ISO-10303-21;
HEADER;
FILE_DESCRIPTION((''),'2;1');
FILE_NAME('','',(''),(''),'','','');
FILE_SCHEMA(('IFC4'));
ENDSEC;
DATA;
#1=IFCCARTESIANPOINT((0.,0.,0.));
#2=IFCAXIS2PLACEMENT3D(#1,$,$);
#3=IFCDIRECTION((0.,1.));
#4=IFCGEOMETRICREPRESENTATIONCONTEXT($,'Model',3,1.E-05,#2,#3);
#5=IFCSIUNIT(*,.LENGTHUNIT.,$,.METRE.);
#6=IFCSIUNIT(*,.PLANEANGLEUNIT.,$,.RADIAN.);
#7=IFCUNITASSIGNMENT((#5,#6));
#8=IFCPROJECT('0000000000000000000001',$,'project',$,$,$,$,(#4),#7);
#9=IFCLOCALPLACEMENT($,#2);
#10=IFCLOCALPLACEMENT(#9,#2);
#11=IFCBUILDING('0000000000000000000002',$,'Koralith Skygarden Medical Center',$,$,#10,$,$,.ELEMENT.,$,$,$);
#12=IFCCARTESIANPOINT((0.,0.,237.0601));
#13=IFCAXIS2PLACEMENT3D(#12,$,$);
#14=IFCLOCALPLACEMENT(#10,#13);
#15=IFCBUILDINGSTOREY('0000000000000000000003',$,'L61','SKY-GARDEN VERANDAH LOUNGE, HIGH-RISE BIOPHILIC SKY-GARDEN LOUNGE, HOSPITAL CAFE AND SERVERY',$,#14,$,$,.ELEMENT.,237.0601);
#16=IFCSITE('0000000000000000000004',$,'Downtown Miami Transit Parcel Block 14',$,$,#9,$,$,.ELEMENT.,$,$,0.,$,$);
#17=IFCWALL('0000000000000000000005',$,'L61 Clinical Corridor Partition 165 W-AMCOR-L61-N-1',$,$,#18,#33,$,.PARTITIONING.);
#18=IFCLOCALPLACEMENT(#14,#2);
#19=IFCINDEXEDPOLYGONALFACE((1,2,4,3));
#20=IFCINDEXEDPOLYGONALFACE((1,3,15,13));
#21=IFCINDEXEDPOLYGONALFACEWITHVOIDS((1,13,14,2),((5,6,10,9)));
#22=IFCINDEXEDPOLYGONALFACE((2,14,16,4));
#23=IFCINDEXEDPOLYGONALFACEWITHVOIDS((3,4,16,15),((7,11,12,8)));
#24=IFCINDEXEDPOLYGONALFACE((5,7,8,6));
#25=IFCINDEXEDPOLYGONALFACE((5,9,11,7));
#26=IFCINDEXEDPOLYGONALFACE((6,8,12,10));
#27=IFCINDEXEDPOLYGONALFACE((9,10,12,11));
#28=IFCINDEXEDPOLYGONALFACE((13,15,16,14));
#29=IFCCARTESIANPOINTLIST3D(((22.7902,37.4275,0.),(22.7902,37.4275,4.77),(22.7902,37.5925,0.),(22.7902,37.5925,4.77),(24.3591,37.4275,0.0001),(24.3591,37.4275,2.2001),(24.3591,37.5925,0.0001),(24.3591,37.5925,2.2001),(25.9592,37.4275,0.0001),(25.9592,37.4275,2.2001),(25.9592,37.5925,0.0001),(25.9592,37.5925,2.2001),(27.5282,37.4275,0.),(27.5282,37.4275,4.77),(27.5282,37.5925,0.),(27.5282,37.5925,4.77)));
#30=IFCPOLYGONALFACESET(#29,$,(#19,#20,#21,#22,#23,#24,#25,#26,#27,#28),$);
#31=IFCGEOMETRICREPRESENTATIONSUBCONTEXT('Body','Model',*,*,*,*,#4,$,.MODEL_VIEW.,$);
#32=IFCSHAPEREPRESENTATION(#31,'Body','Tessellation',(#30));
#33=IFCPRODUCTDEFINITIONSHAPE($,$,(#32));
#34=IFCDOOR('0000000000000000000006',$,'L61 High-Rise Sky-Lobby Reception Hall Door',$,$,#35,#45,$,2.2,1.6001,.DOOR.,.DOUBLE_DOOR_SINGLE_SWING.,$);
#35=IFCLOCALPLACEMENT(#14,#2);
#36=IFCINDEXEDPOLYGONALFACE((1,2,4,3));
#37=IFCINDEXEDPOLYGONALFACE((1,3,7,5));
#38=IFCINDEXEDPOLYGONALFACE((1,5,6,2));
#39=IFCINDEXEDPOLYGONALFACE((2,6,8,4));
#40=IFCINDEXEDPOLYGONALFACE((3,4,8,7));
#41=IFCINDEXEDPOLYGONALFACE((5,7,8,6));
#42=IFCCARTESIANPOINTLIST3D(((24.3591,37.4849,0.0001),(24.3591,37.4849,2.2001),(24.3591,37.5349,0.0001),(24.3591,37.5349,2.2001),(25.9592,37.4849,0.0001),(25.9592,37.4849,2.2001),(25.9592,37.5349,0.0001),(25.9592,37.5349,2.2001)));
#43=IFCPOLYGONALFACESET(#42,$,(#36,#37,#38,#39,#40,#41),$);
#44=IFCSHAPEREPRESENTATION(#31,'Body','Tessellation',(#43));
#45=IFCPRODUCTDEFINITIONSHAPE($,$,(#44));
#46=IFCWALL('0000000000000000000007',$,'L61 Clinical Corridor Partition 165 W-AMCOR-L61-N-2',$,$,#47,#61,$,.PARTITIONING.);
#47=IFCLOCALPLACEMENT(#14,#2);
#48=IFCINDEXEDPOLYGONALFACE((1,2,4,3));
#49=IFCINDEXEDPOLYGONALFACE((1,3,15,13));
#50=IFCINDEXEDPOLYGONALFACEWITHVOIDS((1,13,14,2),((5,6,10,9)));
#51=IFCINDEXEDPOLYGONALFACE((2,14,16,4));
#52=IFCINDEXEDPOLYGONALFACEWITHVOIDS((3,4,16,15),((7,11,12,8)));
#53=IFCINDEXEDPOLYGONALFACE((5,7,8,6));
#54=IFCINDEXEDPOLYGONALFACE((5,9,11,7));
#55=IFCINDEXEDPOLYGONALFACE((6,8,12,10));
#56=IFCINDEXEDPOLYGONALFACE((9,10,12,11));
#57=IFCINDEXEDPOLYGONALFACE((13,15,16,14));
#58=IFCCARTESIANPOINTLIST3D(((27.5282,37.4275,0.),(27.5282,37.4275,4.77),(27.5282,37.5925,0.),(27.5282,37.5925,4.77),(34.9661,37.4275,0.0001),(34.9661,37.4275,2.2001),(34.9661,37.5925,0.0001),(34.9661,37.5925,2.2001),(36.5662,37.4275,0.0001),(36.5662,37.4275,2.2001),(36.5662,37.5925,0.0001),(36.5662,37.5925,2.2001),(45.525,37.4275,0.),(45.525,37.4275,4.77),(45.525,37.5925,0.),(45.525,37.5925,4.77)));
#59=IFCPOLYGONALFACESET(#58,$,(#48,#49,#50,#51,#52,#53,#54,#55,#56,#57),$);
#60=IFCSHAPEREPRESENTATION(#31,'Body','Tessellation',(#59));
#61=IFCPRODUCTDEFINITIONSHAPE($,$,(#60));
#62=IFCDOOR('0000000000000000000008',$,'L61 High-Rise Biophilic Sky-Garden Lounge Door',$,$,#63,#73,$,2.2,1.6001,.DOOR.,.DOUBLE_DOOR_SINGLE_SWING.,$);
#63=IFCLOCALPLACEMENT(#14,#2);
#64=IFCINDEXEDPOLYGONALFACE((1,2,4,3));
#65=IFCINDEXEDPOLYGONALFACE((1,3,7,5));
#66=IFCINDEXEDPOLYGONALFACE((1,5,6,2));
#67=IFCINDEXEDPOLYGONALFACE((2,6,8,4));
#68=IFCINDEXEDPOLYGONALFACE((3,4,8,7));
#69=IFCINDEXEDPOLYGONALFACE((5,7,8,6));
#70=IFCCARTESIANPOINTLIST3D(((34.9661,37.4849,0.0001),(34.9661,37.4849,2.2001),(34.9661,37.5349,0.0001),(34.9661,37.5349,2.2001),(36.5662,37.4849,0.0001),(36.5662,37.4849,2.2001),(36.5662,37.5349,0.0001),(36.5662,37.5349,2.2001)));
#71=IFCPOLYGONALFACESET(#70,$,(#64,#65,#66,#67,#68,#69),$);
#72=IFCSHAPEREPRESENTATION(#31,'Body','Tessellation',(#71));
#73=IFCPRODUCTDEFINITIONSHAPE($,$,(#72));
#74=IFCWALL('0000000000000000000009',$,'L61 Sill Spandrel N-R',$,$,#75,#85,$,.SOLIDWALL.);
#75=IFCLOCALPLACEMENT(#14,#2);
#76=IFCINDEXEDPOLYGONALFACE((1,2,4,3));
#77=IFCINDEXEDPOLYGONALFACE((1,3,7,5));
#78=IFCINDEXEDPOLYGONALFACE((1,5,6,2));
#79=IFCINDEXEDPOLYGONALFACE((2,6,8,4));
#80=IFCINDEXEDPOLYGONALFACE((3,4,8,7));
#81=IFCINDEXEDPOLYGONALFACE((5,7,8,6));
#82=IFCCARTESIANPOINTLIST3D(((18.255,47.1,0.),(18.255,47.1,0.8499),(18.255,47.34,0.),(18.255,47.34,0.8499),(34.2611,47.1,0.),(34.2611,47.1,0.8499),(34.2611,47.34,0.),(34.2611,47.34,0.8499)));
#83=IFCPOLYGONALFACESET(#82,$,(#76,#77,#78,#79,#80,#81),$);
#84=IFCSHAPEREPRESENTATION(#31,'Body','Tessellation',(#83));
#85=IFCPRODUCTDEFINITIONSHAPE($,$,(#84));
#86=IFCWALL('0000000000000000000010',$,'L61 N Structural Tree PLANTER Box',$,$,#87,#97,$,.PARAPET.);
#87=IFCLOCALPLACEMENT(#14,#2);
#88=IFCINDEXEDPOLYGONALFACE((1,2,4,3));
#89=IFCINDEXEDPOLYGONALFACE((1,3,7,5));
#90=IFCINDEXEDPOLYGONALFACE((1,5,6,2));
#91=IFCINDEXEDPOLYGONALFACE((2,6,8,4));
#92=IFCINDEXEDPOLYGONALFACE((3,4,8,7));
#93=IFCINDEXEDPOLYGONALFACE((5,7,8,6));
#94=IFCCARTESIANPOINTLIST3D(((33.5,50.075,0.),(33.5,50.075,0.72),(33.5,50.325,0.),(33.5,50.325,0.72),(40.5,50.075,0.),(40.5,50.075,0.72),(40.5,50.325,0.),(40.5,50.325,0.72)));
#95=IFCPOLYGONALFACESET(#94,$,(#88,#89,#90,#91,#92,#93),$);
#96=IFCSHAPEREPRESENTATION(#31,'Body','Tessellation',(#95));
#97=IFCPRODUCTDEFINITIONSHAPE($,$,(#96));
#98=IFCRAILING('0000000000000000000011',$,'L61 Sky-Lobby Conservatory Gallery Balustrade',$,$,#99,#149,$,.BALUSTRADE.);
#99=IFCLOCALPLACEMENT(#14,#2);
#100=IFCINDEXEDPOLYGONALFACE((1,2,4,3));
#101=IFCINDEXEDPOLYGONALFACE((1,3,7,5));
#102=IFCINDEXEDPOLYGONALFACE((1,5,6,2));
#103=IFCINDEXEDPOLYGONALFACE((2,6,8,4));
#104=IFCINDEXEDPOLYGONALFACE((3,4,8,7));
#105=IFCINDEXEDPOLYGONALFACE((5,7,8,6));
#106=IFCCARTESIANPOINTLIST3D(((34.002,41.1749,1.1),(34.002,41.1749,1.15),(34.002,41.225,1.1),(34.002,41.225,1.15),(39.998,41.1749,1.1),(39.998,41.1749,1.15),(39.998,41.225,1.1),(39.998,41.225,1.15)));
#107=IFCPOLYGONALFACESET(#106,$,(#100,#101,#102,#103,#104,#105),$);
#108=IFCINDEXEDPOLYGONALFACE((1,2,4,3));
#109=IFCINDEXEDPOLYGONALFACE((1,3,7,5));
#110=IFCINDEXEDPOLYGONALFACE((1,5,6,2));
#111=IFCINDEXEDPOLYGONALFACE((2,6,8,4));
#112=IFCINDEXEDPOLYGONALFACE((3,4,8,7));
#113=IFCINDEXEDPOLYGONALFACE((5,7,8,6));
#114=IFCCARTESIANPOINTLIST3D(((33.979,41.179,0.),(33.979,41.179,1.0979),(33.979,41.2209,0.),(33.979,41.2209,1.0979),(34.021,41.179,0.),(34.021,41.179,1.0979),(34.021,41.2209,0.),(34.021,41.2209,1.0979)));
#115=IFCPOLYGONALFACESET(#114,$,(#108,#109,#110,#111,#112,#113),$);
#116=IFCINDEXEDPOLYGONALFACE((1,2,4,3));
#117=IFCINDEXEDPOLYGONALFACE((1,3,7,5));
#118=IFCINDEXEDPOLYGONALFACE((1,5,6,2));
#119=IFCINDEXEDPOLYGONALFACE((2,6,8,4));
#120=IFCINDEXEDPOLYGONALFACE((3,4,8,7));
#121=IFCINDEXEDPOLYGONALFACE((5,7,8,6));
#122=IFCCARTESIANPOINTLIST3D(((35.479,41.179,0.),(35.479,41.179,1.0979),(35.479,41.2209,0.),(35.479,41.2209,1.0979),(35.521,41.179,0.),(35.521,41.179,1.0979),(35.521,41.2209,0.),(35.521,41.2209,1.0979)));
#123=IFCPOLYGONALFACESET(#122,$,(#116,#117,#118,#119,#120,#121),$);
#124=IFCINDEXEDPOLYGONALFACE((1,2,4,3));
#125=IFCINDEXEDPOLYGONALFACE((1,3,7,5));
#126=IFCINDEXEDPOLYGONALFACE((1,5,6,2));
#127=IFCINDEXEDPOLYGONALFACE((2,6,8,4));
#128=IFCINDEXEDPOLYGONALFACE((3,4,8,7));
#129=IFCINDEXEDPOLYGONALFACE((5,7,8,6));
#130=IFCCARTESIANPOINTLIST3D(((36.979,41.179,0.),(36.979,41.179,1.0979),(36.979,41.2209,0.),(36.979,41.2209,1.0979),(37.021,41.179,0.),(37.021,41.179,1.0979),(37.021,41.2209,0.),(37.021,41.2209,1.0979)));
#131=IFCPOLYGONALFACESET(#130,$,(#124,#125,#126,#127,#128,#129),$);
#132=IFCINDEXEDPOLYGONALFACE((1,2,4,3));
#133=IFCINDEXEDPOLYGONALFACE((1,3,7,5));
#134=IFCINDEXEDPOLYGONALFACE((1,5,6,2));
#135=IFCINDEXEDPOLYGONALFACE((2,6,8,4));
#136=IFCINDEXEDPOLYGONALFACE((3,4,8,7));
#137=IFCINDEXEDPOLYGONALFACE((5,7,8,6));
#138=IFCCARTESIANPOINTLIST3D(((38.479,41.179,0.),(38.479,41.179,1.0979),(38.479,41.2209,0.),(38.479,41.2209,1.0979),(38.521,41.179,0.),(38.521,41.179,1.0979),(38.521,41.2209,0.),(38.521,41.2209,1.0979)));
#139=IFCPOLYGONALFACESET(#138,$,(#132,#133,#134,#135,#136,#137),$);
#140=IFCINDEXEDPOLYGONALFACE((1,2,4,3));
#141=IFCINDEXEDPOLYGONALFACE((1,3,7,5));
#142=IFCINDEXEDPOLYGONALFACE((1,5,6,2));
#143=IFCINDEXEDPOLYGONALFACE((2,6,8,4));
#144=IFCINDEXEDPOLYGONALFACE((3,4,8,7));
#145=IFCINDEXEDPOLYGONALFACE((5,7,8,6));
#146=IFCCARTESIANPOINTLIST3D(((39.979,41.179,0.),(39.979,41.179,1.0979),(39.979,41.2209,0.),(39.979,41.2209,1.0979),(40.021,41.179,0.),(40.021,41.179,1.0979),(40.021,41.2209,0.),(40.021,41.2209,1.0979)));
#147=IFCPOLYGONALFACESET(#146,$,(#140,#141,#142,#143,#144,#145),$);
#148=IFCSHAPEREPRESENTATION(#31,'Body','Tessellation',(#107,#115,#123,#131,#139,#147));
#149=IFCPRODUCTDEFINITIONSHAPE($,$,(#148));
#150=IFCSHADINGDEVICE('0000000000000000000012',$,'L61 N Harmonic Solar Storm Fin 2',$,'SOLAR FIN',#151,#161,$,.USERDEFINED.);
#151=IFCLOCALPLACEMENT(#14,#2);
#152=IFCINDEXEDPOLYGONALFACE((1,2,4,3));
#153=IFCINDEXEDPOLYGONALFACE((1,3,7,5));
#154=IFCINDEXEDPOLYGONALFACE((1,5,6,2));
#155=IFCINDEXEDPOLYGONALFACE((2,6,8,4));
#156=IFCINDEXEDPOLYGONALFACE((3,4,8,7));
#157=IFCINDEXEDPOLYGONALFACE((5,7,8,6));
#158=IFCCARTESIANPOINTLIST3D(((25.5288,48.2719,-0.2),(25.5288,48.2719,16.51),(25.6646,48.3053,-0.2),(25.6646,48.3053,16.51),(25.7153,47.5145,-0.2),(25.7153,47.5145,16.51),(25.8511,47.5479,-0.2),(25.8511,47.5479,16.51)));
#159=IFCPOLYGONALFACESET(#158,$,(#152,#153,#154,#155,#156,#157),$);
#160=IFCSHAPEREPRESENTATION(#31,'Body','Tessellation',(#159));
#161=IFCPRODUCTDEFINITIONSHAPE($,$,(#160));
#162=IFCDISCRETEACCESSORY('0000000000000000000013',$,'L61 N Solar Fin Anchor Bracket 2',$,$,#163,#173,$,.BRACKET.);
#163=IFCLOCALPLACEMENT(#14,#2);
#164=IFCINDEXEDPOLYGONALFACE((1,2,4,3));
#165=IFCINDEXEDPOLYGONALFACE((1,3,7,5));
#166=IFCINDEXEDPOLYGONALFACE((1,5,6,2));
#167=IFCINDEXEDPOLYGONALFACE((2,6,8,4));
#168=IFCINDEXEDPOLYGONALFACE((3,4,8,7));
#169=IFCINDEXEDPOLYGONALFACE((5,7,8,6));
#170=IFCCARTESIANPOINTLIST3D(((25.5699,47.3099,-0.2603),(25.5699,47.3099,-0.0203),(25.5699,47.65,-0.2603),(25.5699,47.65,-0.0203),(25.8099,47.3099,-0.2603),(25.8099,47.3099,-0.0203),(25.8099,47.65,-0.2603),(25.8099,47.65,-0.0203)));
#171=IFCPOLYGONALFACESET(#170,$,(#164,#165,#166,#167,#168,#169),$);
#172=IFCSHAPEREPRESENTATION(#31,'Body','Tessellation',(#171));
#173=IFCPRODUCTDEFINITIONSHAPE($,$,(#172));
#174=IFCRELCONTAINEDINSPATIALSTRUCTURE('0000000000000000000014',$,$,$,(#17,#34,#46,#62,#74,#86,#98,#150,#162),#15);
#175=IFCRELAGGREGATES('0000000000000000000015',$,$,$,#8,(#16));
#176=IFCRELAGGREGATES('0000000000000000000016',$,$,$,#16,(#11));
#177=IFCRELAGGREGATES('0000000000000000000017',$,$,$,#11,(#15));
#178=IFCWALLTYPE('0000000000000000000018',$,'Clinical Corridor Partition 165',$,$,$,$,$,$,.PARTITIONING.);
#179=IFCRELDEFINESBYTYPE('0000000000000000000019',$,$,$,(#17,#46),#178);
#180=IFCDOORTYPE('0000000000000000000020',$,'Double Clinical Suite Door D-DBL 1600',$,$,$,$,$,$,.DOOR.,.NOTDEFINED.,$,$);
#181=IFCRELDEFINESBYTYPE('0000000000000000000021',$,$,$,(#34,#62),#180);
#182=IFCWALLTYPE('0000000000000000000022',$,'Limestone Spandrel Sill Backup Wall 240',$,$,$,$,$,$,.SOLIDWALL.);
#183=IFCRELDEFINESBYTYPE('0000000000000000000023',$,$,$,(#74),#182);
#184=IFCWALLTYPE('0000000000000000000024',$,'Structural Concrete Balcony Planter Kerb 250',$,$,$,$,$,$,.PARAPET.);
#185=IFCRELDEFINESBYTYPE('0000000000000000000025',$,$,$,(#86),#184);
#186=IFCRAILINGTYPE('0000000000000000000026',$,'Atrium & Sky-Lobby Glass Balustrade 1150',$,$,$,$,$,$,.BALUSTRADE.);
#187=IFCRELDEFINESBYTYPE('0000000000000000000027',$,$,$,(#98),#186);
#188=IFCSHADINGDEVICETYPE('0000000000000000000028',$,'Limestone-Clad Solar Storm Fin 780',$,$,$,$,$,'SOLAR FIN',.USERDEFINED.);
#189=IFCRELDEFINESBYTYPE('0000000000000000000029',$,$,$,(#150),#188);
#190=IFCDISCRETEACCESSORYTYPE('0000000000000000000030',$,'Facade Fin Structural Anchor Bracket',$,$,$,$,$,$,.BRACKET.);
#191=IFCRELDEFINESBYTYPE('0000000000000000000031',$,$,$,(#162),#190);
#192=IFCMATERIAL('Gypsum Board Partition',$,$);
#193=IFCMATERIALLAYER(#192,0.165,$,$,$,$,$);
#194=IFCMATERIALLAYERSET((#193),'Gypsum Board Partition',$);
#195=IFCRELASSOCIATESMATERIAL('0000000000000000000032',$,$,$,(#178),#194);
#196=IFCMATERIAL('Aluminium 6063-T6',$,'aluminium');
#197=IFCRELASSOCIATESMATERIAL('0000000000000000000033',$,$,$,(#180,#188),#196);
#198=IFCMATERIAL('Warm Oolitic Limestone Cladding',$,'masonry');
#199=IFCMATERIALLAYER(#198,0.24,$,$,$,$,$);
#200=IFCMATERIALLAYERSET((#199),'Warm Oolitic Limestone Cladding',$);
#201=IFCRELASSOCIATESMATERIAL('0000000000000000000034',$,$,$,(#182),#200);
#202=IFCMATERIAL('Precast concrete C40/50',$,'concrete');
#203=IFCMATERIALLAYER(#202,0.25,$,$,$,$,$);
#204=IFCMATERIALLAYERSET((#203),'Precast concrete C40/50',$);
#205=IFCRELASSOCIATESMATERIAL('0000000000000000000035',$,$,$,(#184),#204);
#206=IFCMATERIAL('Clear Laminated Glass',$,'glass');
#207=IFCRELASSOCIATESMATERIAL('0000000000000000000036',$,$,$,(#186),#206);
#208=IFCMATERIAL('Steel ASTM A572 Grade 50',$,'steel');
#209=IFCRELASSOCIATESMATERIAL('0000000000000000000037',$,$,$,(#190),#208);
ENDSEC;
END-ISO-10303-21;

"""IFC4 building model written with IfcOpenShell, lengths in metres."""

from ifc_helpers import new_model, si_unit, direction, frame, frame_2d, origin, origin_2d, place, context, subcontext, project, spatial, rectangle, extrude, material, layer, layer_set, type_object, element, fill, save


model = new_model("IFC4")

# Units and contexts
model_context = context("Model", 3, precision=1e-05, world=origin(), true_north=direction((0.0, 1.0)))
body_context = subcontext(model_context, "Body", "Model", "MODEL_VIEW")
ifc_project = project(units=[si_unit("LENGTHUNIT", "METRE"), si_unit("PLANEANGLEUNIT", "RADIAN")], contexts=[model_context])

# Site, building, storey
site_placement = place(None, origin())
site = spatial("IfcSite", under=ifc_project, at=site_placement, Name="Downtown Miami Transit Parcel Block 14", CompositionType="ELEMENT", RefElevation=0.0)
building_placement = place(site_placement, origin())
building = spatial("IfcBuilding", under=site, at=building_placement, Name="Koralith Skygarden Medical Center", CompositionType="ELEMENT")
storey_placement = place(building_placement, frame((0.0, 0.0, 237.0601)))
storey = spatial("IfcBuildingStorey", under=building, at=storey_placement, Name="L61", Description="SKY-GARDEN VERANDAH LOUNGE, HIGH-RISE BIOPHILIC SKY-GARDEN LOUNGE, HOSPITAL CAFE AND SERVERY", CompositionType="ELEMENT", Elevation=237.0601)

# Shared definitions
ifc_material_1 = material(Name="Clear Laminated Glass", Category="glass")
ifc_material_2 = material(Name="Aluminium 6063-T6", Category="aluminium")

# Shared definitions
ifc_material_3 = material(Name="Warm Oolitic Limestone Cladding", Category="masonry")

# Shared definitions
ifc_material_4 = material(Name="Gypsum Board Partition")

# Walls, openings, doors
ifc_layer_1 = layer(ifc_material_4, 0.165)
ifc_layer_set_1 = layer_set([ifc_layer_1], Name="Gypsum Board Partition")
wall_type_1 = type_object("IfcWallType", Name="Clinical Corridor Partition 165", PredefinedType="PARTITIONING", material=ifc_layer_set_1)
wall_1_placement = place(storey_placement, frame((22.79, 37.51, 0.0), z_axis=(0.0, 0.0, 1.0), x_axis=(1.0, 0.0, 0.0)))
wall_1 = element("IfcWall", 1, at=wall_1_placement, inside=storey, type_object=wall_type_1, Name="L61 Clinical Corridor Partition 165 W-AMCOR-L61-N-1", PredefinedType="PARTITIONING", context=body_context, shape_type="SweptSolid", body=[
    extrude(rectangle(XDim=4.738, YDim=0.165, at=frame_2d((2.3691, 0.0))), origin(), (0.0, 0.0, 1.0), 4.77),
])
opening_1_placement = place(wall_1_placement, frame((1.5691, 0.0, 0.0)))
opening_1 = element("IfcOpeningElement", 2, at=opening_1_placement, cuts=wall_1, PredefinedType="OPENING", context=body_context, shape_type="SweptSolid", body=[
    extrude(rectangle(XDim=1.6001, YDim=2.2, at=frame_2d((0.8, 1.1001))), frame((0.0, 0.0925, 0.0), z_axis=(0.0, -1.0, 0.0), x_axis=(1.0, 0.0, 0.0)), (0.0, 0.0, 1.0), 0.1851),
])
door_type = type_object("IfcDoorType", Name="Double Clinical Suite Door D-DBL 1600", OperationType="NOTDEFINED", PredefinedType="DOOR", material=ifc_material_2)
door_1_placement = place(opening_1_placement, origin())
door_1 = element("IfcDoor", 3, at=door_1_placement, inside=storey, type_object=door_type, Name="L61 High-Rise Sky-Lobby Reception Hall Door", OperationType="DOUBLE_DOOR_SINGLE_SWING", OverallHeight=2.2, OverallWidth=1.6001, PredefinedType="DOOR", context=body_context, shape_type="SweptSolid", body=[
    extrude(rectangle(XDim=1.6001, YDim=2.2, at=frame_2d((0.8, 1.1001))), frame((0.0, 0.0249, 0.0), z_axis=(0.0, -1.0, 0.0), x_axis=(1.0, 0.0, 0.0)), (0.0, 0.0, 1.0), 0.05),
])
fill(opening_1, door_1)
wall_2_placement = place(storey_placement, frame((27.5281, 37.51, 0.0), z_axis=(0.0, 0.0, 1.0), x_axis=(1.0, 0.0, 0.0)))
wall_2 = element("IfcWall", 4, at=wall_2_placement, inside=storey, type_object=wall_type_1, Name="L61 Clinical Corridor Partition 165 W-AMCOR-L61-N-2", PredefinedType="PARTITIONING", context=body_context, shape_type="SweptSolid", body=[
    extrude(rectangle(XDim=17.9968, YDim=0.165, at=frame_2d((8.9985, 0.0))), origin(), (0.0, 0.0, 1.0), 4.77),
])
opening_2_placement = place(wall_2_placement, frame((7.438, 0.0, 0.0)))
opening_2 = element("IfcOpeningElement", 5, at=opening_2_placement, cuts=wall_2, PredefinedType="OPENING", context=body_context, shape_type="SweptSolid", body=[
    extrude(rectangle(XDim=1.6001, YDim=2.2, at=frame_2d((0.8, 1.1001))), frame((0.0, 0.0925, 0.0), z_axis=(0.0, -1.0, 0.0), x_axis=(1.0, 0.0, 0.0)), (0.0, 0.0, 1.0), 0.1851),
])
door_2_placement = place(opening_2_placement, origin())
door_2 = element("IfcDoor", 6, at=door_2_placement, inside=storey, type_object=door_type, Name="L61 High-Rise Biophilic Sky-Garden Lounge Door", OperationType="DOUBLE_DOOR_SINGLE_SWING", OverallHeight=2.2, OverallWidth=1.6001, PredefinedType="DOOR", context=body_context, shape_type="SweptSolid", body=[
    extrude(rectangle(XDim=1.6001, YDim=2.2, at=frame_2d((0.8, 1.1001))), frame((0.0, 0.0249, 0.0), z_axis=(0.0, -1.0, 0.0), x_axis=(1.0, 0.0, 0.0)), (0.0, 0.0, 1.0), 0.05),
])
fill(opening_2, door_2)

# Walls
ifc_layer_2 = layer(ifc_material_3, 0.24)
ifc_layer_set_2 = layer_set([ifc_layer_2], Name="Warm Oolitic Limestone Cladding")
wall_type_2 = type_object("IfcWallType", Name="Limestone Spandrel Sill Backup Wall 240", PredefinedType="SOLIDWALL", material=ifc_layer_set_2)
wall_3_placement = place(storey_placement, frame((34.261, 47.22, 0.0), z_axis=(0.0, 0.0, 1.0), x_axis=(-1.0, 0.0, 0.0)))
element("IfcWall", 7, at=wall_3_placement, inside=storey, type_object=wall_type_2, Name="L61 Sill Spandrel N-R", PredefinedType="SOLIDWALL", context=body_context, shape_type="SweptSolid", body=[
    extrude(rectangle(XDim=16.0061, YDim=0.24, at=frame_2d((8.0029, 0.0))), origin(), (0.0, 0.0, 1.0), 0.8499),
])
ifc_material_5 = material(Name="Precast concrete C40/50", Category="concrete")
ifc_layer_3 = layer(ifc_material_5, 0.25)
ifc_layer_set_3 = layer_set([ifc_layer_3], Name="Precast concrete C40/50")
wall_type_3 = type_object("IfcWallType", Name="Structural Concrete Balcony Planter Kerb 250", PredefinedType="PARAPET", material=ifc_layer_set_3)
wall_4_placement = place(storey_placement, frame((33.5, 50.2, 0.0), z_axis=(0.0, 0.0, 1.0), x_axis=(1.0, 0.0, 0.0)))
element("IfcWall", 8, at=wall_4_placement, inside=storey, type_object=wall_type_3, Name="L61 N Structural Tree PLANTER Box", PredefinedType="PARAPET", context=body_context, shape_type="SweptSolid", body=[
    extrude(rectangle(XDim=7.0, YDim=0.25, at=frame_2d((3.5, 0.0))), origin(), (0.0, 0.0, 1.0), 0.72),
])

# Railing
railing_type = type_object("IfcRailingType", Name="Atrium & Sky-Lobby Glass Balustrade 1150", PredefinedType="BALUSTRADE", material=ifc_material_1)
railing_placement = place(storey_placement, frame((34.0, 41.2, 0.0)))
element("IfcRailing", 9, at=railing_placement, inside=storey, type_object=railing_type, Name="L61 Sky-Lobby Conservatory Gallery Balustrade", PredefinedType="BALUSTRADE", context=body_context, shape_type="SweptSolid", body=[
    extrude(rectangle(XDim=0.05, YDim=0.05, at=origin_2d()), frame((0.002, 0.0, 1.125), z_axis=(1.0, 0.0, 0.0), x_axis=(0.0, 1.0, 0.0)), (0.0, 0.0, 1.0), 5.9961),
    extrude(rectangle(XDim=0.042, YDim=0.042, at=origin_2d()), origin(), (0.0, 0.0, 1.0), 1.0979),
    extrude(rectangle(XDim=0.042, YDim=0.042, at=origin_2d()), frame((1.5, 0.0, 0.0)), (0.0, 0.0, 1.0), 1.0979),
    extrude(rectangle(XDim=0.042, YDim=0.042, at=origin_2d()), frame((3.0, 0.0, 0.0)), (0.0, 0.0, 1.0), 1.0979),
    extrude(rectangle(XDim=0.042, YDim=0.042, at=origin_2d()), frame((4.5, 0.0, 0.0)), (0.0, 0.0, 1.0), 1.0979),
    extrude(rectangle(XDim=0.042, YDim=0.042, at=origin_2d()), frame((6.0, 0.0, 0.0)), (0.0, 0.0, 1.0), 1.0979),
])

# Shading device
shading_device_type = type_object("IfcShadingDeviceType", Name="Limestone-Clad Solar Storm Fin 780", ElementType="SOLAR FIN", PredefinedType="USERDEFINED", material=ifc_material_2)
shading_device_placement = place(storey_placement, frame((25.6899, 47.9099, -0.2), z_axis=(0.0, 0.0, 1.0), x_axis=(-0.239093, 0.970997, 0.0)))
element("IfcShadingDevice", 10, at=shading_device_placement, inside=storey, type_object=shading_device_type, Name="L61 N Harmonic Solar Storm Fin 2", ObjectType="SOLAR FIN", PredefinedType="USERDEFINED", context=body_context, shape_type="SweptSolid", body=[
    extrude(rectangle(XDim=0.78, YDim=0.1399, at=origin_2d()), origin(), (0.0, 0.0, 1.0), 16.71),
])

# Discrete accessory
ifc_material_6 = material(Name="Steel ASTM A572 Grade 50", Category="steel")
discrete_accessory_type = type_object("IfcDiscreteAccessoryType", Name="Facade Fin Structural Anchor Bracket", PredefinedType="BRACKET", material=ifc_material_6)
discrete_accessory_placement = place(storey_placement, frame((25.6899, 47.48, -0.2603), z_axis=(0.0, 0.0, 1.0), x_axis=(0.0, 1.0, 0.0)))
element("IfcDiscreteAccessory", 11, at=discrete_accessory_placement, inside=storey, type_object=discrete_accessory_type, Name="L61 N Solar Fin Anchor Bracket 2", PredefinedType="BRACKET", context=body_context, shape_type="SweptSolid", body=[
    extrude(rectangle(XDim=0.3401, YDim=0.24, at=origin_2d()), origin(), (0.0, 0.0, 1.0), 0.24),
])

save(model, "model.ifc")
